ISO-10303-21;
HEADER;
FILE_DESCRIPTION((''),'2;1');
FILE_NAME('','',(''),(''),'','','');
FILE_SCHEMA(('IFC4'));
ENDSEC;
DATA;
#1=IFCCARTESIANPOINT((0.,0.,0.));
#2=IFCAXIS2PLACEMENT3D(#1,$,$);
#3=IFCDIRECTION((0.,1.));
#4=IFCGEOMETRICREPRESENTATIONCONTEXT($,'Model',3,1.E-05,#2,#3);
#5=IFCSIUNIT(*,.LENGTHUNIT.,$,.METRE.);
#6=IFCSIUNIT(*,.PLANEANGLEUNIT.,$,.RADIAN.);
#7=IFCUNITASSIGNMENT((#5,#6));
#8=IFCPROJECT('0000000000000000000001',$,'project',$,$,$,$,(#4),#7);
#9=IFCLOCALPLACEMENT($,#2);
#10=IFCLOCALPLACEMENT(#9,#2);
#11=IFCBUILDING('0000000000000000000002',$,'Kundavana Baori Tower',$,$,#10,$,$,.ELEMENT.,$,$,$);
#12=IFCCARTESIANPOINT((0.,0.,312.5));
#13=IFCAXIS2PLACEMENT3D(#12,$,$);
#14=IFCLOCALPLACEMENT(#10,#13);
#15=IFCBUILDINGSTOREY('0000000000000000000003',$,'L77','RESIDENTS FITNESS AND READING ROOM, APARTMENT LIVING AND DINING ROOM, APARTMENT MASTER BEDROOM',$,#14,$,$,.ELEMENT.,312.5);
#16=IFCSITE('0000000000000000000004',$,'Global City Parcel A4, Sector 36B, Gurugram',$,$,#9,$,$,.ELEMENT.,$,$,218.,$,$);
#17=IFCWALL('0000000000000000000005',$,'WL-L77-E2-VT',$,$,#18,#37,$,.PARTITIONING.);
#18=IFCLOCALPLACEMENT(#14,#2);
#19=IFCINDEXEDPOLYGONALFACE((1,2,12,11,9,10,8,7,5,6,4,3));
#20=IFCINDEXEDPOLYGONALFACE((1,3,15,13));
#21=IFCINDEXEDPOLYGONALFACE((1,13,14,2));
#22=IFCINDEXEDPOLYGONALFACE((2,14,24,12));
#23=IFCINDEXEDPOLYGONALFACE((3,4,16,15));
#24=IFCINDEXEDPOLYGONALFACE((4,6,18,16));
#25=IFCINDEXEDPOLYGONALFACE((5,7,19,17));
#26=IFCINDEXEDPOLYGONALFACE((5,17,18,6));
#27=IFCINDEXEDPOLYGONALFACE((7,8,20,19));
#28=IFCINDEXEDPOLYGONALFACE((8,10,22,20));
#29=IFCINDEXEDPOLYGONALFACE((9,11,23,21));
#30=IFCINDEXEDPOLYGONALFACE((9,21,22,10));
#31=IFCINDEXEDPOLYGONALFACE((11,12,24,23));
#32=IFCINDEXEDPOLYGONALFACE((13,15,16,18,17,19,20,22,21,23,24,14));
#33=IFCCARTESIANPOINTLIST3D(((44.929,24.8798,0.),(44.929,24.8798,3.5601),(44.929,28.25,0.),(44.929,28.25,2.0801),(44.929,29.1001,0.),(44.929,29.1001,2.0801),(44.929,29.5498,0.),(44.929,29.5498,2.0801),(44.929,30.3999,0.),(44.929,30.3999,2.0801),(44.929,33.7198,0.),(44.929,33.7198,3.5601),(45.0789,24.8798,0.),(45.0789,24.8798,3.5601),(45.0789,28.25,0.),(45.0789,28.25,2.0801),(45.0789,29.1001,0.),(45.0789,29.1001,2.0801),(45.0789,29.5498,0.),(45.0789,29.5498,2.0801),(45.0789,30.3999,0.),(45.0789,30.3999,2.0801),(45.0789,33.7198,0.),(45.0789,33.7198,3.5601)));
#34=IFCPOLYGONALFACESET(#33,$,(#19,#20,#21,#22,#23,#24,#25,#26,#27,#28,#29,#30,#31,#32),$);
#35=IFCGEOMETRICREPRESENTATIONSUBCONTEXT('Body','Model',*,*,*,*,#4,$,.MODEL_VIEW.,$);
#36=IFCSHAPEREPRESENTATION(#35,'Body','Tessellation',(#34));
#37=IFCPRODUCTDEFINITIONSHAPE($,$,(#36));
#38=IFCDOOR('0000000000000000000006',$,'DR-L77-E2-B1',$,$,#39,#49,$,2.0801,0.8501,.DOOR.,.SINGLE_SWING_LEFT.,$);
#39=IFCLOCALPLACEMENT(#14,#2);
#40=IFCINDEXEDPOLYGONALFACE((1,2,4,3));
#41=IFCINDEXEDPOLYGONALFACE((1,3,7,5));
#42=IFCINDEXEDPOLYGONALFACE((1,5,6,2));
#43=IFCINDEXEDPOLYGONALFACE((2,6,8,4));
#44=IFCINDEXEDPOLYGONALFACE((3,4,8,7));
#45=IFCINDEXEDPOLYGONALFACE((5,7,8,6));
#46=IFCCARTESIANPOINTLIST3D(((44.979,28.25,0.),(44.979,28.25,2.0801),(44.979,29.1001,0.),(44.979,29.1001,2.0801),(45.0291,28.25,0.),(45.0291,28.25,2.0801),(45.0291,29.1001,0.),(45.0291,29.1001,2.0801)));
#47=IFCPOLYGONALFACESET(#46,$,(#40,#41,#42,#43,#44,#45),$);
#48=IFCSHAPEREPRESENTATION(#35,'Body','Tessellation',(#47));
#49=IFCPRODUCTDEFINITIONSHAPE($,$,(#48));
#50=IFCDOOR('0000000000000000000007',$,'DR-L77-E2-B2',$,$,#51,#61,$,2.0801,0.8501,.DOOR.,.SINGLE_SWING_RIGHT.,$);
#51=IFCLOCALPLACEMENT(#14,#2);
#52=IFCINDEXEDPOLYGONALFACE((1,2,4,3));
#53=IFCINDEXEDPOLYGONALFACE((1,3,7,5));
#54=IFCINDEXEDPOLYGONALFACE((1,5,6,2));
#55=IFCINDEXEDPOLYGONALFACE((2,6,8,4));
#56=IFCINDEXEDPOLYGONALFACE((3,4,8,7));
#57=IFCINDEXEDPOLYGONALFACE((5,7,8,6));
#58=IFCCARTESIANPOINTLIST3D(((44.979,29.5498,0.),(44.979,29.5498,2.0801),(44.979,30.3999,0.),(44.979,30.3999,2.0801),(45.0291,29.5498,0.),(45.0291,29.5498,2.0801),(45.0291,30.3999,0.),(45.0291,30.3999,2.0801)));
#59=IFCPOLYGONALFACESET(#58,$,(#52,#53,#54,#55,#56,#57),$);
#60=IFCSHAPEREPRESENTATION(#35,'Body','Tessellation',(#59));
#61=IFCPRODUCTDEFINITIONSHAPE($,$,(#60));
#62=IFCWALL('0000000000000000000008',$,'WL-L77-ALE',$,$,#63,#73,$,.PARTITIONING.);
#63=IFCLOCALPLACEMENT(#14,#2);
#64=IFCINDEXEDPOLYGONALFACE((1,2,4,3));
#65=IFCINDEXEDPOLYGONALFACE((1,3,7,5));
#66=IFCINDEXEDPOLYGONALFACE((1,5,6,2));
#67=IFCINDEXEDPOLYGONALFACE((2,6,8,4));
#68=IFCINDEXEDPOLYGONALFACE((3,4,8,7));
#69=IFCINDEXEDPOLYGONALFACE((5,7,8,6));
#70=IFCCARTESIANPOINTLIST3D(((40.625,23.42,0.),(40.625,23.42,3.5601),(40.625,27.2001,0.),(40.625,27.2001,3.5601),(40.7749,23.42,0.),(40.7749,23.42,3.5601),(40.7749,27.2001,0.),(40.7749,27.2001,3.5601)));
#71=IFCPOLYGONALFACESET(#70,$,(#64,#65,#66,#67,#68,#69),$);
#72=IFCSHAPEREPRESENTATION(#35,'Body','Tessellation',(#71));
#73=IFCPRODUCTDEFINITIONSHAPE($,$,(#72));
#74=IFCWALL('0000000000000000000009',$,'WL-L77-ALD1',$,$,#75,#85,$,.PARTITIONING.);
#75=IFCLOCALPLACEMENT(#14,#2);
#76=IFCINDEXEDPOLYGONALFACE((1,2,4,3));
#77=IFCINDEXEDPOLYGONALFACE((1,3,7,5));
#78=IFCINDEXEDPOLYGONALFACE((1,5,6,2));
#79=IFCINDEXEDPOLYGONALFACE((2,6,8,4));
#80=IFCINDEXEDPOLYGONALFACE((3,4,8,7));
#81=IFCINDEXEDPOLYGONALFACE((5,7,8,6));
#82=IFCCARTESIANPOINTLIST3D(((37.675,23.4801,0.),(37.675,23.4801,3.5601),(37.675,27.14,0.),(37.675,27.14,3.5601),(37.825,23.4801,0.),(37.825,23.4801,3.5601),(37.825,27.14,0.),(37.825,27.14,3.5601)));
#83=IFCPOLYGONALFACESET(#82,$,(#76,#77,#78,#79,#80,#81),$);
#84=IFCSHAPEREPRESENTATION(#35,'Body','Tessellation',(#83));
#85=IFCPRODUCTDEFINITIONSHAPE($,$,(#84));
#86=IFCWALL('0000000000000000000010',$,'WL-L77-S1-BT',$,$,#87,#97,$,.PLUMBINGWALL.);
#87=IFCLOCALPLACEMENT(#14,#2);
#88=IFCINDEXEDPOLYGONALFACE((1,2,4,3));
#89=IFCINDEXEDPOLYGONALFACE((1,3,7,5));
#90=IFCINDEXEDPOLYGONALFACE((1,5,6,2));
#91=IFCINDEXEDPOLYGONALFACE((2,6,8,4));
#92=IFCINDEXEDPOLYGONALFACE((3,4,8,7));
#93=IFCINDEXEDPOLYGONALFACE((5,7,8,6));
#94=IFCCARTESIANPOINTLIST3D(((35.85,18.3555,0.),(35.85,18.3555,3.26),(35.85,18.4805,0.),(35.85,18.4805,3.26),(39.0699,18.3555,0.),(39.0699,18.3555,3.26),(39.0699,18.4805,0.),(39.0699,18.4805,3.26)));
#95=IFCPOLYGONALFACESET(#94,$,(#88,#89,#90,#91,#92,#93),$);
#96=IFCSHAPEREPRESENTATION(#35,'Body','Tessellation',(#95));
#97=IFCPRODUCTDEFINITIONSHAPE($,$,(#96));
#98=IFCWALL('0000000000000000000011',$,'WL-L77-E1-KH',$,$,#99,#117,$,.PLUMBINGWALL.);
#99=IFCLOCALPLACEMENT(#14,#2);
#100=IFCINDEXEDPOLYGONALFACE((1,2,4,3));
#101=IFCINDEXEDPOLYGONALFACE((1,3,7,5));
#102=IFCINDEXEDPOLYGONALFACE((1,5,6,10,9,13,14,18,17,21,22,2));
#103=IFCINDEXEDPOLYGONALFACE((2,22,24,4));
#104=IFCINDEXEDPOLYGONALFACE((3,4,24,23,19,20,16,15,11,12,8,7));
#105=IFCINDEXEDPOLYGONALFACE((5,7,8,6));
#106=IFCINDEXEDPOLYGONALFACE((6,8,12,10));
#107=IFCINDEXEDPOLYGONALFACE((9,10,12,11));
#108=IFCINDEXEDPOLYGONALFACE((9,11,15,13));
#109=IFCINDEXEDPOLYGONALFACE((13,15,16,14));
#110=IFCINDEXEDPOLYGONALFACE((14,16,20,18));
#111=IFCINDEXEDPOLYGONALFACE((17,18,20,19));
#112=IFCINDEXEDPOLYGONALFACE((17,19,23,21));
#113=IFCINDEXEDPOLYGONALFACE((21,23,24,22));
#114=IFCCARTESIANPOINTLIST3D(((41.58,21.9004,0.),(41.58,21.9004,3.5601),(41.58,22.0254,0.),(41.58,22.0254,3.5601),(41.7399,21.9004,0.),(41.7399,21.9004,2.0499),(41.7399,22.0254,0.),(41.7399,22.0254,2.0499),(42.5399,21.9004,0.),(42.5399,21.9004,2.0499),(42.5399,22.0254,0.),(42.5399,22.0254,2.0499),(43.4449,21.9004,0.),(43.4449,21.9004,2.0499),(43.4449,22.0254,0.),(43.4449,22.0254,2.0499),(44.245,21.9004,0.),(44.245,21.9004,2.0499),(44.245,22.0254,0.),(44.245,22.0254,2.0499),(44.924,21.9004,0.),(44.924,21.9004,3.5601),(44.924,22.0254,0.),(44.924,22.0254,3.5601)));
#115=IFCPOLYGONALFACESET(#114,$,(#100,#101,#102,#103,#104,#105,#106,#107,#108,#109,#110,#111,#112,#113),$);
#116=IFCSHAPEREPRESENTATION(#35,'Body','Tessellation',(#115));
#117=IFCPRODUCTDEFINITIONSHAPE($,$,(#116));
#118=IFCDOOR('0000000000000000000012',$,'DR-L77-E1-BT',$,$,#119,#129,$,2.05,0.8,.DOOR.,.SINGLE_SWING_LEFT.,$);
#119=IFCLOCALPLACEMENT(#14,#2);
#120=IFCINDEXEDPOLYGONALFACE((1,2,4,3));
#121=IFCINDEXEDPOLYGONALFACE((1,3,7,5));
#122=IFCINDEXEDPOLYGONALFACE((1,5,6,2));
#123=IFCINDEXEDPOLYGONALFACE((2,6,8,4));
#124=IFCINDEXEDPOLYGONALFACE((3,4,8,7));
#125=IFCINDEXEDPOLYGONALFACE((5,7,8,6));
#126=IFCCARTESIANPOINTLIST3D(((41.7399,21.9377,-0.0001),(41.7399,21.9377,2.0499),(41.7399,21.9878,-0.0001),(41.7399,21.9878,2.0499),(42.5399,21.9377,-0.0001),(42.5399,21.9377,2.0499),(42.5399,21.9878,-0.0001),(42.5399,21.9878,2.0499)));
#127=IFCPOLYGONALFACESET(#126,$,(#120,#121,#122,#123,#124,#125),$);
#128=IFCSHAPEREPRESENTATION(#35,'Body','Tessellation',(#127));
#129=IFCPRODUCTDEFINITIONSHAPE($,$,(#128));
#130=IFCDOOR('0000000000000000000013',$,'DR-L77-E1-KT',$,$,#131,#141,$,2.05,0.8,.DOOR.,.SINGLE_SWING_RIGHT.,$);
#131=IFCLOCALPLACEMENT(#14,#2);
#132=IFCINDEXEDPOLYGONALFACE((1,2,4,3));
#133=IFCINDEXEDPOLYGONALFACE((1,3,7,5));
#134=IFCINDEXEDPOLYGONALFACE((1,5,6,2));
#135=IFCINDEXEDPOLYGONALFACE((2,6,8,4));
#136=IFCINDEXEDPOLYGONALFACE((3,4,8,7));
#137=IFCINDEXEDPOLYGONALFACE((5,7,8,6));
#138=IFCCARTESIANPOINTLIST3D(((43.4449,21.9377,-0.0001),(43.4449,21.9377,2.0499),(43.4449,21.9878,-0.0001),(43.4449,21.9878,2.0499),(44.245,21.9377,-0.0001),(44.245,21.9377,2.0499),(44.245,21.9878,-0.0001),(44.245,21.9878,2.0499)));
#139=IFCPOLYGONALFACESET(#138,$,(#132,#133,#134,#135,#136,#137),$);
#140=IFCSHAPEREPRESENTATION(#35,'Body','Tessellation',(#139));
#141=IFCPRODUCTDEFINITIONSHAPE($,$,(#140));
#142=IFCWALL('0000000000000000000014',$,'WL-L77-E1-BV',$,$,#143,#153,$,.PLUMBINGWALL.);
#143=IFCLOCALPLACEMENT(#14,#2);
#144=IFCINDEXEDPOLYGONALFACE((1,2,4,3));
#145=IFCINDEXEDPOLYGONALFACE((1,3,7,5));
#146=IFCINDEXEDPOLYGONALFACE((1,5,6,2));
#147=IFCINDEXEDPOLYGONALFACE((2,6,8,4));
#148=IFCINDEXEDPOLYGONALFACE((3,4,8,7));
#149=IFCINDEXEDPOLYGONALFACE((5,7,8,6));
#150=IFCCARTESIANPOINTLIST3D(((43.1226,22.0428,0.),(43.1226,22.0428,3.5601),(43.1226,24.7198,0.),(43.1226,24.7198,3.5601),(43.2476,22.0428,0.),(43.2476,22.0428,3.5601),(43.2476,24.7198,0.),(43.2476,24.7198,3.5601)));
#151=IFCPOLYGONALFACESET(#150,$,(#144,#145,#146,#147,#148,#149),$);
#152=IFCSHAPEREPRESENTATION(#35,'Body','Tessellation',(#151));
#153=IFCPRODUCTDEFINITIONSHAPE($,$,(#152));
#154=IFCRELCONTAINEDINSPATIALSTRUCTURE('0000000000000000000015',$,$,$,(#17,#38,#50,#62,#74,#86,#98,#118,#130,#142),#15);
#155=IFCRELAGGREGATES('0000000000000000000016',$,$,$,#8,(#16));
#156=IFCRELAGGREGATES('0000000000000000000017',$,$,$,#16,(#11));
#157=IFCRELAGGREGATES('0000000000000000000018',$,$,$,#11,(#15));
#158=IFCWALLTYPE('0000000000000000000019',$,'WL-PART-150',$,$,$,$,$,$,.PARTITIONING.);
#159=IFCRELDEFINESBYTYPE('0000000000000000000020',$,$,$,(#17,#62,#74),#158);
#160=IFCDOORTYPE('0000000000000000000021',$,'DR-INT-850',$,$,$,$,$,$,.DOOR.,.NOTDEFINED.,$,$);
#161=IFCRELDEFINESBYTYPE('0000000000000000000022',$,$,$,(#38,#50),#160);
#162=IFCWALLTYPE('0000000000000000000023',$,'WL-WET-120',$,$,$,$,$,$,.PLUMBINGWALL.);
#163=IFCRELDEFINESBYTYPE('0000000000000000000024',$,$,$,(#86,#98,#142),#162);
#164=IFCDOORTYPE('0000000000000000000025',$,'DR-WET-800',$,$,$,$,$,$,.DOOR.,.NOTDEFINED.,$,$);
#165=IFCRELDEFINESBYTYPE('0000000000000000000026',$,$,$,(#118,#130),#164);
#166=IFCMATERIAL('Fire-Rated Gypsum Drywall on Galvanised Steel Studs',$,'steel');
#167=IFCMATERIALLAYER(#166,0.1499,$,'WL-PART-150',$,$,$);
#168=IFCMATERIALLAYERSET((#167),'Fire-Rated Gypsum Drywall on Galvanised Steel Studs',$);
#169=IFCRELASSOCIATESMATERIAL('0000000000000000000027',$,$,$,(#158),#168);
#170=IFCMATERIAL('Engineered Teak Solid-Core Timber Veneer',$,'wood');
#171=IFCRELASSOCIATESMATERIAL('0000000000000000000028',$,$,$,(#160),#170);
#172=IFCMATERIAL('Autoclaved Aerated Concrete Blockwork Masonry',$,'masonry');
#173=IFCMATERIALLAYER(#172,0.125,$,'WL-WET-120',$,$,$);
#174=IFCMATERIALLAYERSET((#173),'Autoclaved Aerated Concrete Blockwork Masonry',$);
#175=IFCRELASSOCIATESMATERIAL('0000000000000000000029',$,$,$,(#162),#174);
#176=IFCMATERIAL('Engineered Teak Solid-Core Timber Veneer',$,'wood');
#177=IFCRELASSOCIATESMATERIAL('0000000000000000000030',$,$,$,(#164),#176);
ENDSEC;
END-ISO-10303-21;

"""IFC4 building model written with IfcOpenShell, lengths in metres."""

from ifc_helpers import new_model, si_unit, direction, frame, frame_2d, origin, place, context, subcontext, project, spatial, rectangle, extrude, material, layer, layer_set, type_object, element, fill, save


model = new_model("IFC4")

# Units and contexts
model_context = context("Model", 3, precision=1e-05, world=origin(), true_north=direction((0.0, 1.0)))
body_context = subcontext(model_context, "Body", "Model", "MODEL_VIEW")
ifc_project = project(units=[si_unit("LENGTHUNIT", "METRE"), si_unit("PLANEANGLEUNIT", "RADIAN")], contexts=[model_context])

# Site, building, storey
site_placement = place(None, origin())
site = spatial("IfcSite", under=ifc_project, at=site_placement, Name="Global City Parcel A4, Sector 36B, Gurugram", CompositionType="ELEMENT", RefElevation=218.0)
building_placement = place(site_placement, origin())
building = spatial("IfcBuilding", under=site, at=building_placement, Name="Kundavana Baori Tower", CompositionType="ELEMENT")
storey_placement = place(building_placement, frame((0.0, 0.0, 312.5)))
storey = spatial("IfcBuildingStorey", under=building, at=storey_placement, Name="L77", Description="RESIDENTS FITNESS AND READING ROOM, APARTMENT LIVING AND DINING ROOM, APARTMENT MASTER BEDROOM", CompositionType="ELEMENT", Elevation=312.5)

# Shared definitions
ifc_material_1 = material(Name="Fire-Rated Gypsum Drywall on Galvanised Steel Studs", Category="steel")
ifc_layer_1 = layer(ifc_material_1, 0.1499, Name="WL-PART-150")
ifc_layer_set_1 = layer_set([ifc_layer_1], Name="Fire-Rated Gypsum Drywall on Galvanised Steel Studs")
wall_type_1 = type_object("IfcWallType", Name="WL-PART-150", PredefinedType="PARTITIONING", material=ifc_layer_set_1)

# Wall, openings, doors
wall_1_placement = place(storey_placement, frame((45.0039, 24.8799, 0.0), z_axis=(0.0, 0.0, 1.0), x_axis=(0.0, 1.0, 0.0)))
wall_1 = element("IfcWall", 1, at=wall_1_placement, inside=storey, type_object=wall_type_1, Name="WL-L77-E2-VT", PredefinedType="PARTITIONING", context=body_context, shape_type="SweptSolid", body=[
    extrude(rectangle(XDim=8.8401, YDim=0.1499, at=frame_2d((4.4199, 0.0))), origin(), (0.0, 0.0, 1.0), 3.5601),
])
opening_1_placement = place(wall_1_placement, frame((3.3701, 0.0, 0.0)))
opening_1 = element("IfcOpeningElement", 2, at=opening_1_placement, cuts=wall_1, PredefinedType="OPENING", context=body_context, shape_type="SweptSolid", body=[
    extrude(rectangle(XDim=0.8501, YDim=2.0801, at=frame_2d((0.425, 1.04))), frame((0.0, 0.085, 0.0), z_axis=(0.0, -1.0, 0.0), x_axis=(1.0, 0.0, 0.0)), (0.0, 0.0, 1.0), 0.1699),
])
opening_2_placement = place(wall_1_placement, frame((4.6699, 0.0, 0.0)))
opening_2 = element("IfcOpeningElement", 3, at=opening_2_placement, cuts=wall_1, PredefinedType="OPENING", context=body_context, shape_type="SweptSolid", body=[
    extrude(rectangle(XDim=0.8501, YDim=2.0801, at=frame_2d((0.425, 1.04))), frame((0.0, 0.085, 0.0), z_axis=(0.0, -1.0, 0.0), x_axis=(1.0, 0.0, 0.0)), (0.0, 0.0, 1.0), 0.1699),
])
ifc_material_2 = material(Name="Engineered Teak Solid-Core Timber Veneer", Category="wood")
door_type_1 = type_object("IfcDoorType", Name="DR-INT-850", OperationType="NOTDEFINED", PredefinedType="DOOR", material=ifc_material_2)
door_1_placement = place(opening_1_placement, origin())
door_1 = element("IfcDoor", 4, at=door_1_placement, inside=storey, type_object=door_type_1, Name="DR-L77-E2-B1", OperationType="SINGLE_SWING_LEFT", OverallHeight=2.0801, OverallWidth=0.8501, PredefinedType="DOOR", context=body_context, shape_type="SweptSolid", body=[
    extrude(rectangle(XDim=0.8501, YDim=2.0801, at=frame_2d((0.425, 1.04))), frame((0.0, 0.0249, 0.0), z_axis=(0.0, -1.0, 0.0), x_axis=(1.0, 0.0, 0.0)), (0.0, 0.0, 1.0), 0.05),
])
fill(opening_1, door_1)
door_2_placement = place(opening_2_placement, origin())
door_2 = element("IfcDoor", 5, at=door_2_placement, inside=storey, type_object=door_type_1, Name="DR-L77-E2-B2", OperationType="SINGLE_SWING_RIGHT", OverallHeight=2.0801, OverallWidth=0.8501, PredefinedType="DOOR", context=body_context, shape_type="SweptSolid", body=[
    extrude(rectangle(XDim=0.8501, YDim=2.0801, at=frame_2d((0.425, 1.04))), frame((0.0, 0.0249, 0.0), z_axis=(0.0, -1.0, 0.0), x_axis=(1.0, 0.0, 0.0)), (0.0, 0.0, 1.0), 0.05),
])
fill(opening_2, door_2)

# Walls
wall_2_placement = place(storey_placement, frame((40.7, 23.4199, 0.0), z_axis=(0.0, 0.0, 1.0), x_axis=(0.0, 1.0, 0.0)))
element("IfcWall", 6, at=wall_2_placement, inside=storey, type_object=wall_type_1, Name="WL-L77-ALE", PredefinedType="PARTITIONING", context=body_context, shape_type="SweptSolid", body=[
    extrude(rectangle(XDim=3.78, YDim=0.1499, at=frame_2d((1.8901, 0.0))), origin(), (0.0, 0.0, 1.0), 3.5601),
])
wall_3_placement = place(storey_placement, frame((37.75, 23.48, 0.0), z_axis=(0.0, 0.0, 1.0), x_axis=(0.0, 1.0, 0.0)))
element("IfcWall", 7, at=wall_3_placement, inside=storey, type_object=wall_type_1, Name="WL-L77-ALD1", PredefinedType="PARTITIONING", context=body_context, shape_type="SweptSolid", body=[
    extrude(rectangle(XDim=3.6599, YDim=0.1499, at=frame_2d((1.8301, 0.0))), origin(), (0.0, 0.0, 1.0), 3.5601),
])
ifc_material_3 = material(Name="Autoclaved Aerated Concrete Blockwork Masonry", Category="masonry")
ifc_layer_2 = layer(ifc_material_3, 0.125, Name="WL-WET-120")
ifc_layer_set_2 = layer_set([ifc_layer_2], Name="Autoclaved Aerated Concrete Blockwork Masonry")
wall_type_2 = type_object("IfcWallType", Name="WL-WET-120", PredefinedType="PLUMBINGWALL", material=ifc_layer_set_2)
wall_4_placement = place(storey_placement, frame((35.8501, 18.418, 0.0), z_axis=(0.0, 0.0, 1.0), x_axis=(1.0, 0.0, 0.0)))
element("IfcWall", 8, at=wall_4_placement, inside=storey, type_object=wall_type_2, Name="WL-L77-S1-BT", PredefinedType="PLUMBINGWALL", context=body_context, shape_type="SweptSolid", body=[
    extrude(rectangle(XDim=3.22, YDim=0.125, at=frame_2d((1.6099, 0.0))), origin(), (0.0, 0.0, 1.0), 3.26),
])

# Wall, openings, doors
wall_5_placement = place(storey_placement, frame((41.5801, 21.9629, 0.0), z_axis=(0.0, 0.0, 1.0), x_axis=(1.0, 0.0, 0.0)))
wall_5 = element("IfcWall", 9, at=wall_5_placement, inside=storey, type_object=wall_type_2, Name="WL-L77-E1-KH", PredefinedType="PLUMBINGWALL", context=body_context, shape_type="SweptSolid", body=[
    extrude(rectangle(XDim=3.344, YDim=0.125, at=frame_2d((1.6719, 0.0))), origin(), (0.0, 0.0, 1.0), 3.5601),
])
opening_3_placement = place(wall_5_placement, frame((0.1599, 0.0, 0.0)))
opening_3 = element("IfcOpeningElement", 10, at=opening_3_placement, cuts=wall_5, PredefinedType="OPENING", context=body_context, shape_type="SweptSolid", body=[
    extrude(rectangle(XDim=0.8, YDim=2.05, at=frame_2d((0.3999, 1.0249))), frame((0.0, 0.0725, 0.0), z_axis=(0.0, -1.0, 0.0), x_axis=(1.0, 0.0, 0.0)), (0.0, 0.0, 1.0), 0.145),
])
opening_4_placement = place(wall_5_placement, frame((1.865, 0.0, 0.0)))
opening_4 = element("IfcOpeningElement", 11, at=opening_4_placement, cuts=wall_5, PredefinedType="OPENING", context=body_context, shape_type="SweptSolid", body=[
    extrude(rectangle(XDim=0.8, YDim=2.05, at=frame_2d((0.3999, 1.0249))), frame((0.0, 0.0725, 0.0), z_axis=(0.0, -1.0, 0.0), x_axis=(1.0, 0.0, 0.0)), (0.0, 0.0, 1.0), 0.145),
])
ifc_material_4 = material(Name="Engineered Teak Solid-Core Timber Veneer", Category="wood")
door_type_2 = type_object("IfcDoorType", Name="DR-WET-800", OperationType="NOTDEFINED", PredefinedType="DOOR", material=ifc_material_4)
door_3_placement = place(opening_3_placement, origin())
door_3 = element("IfcDoor", 12, at=door_3_placement, inside=storey, type_object=door_type_2, Name="DR-L77-E1-BT", OperationType="SINGLE_SWING_LEFT", OverallHeight=2.05, OverallWidth=0.8, PredefinedType="DOOR", context=body_context, shape_type="SweptSolid", body=[
    extrude(rectangle(XDim=0.8, YDim=2.05, at=frame_2d((0.3999, 1.0249))), frame((0.0, 0.0249, 0.0), z_axis=(0.0, -1.0, 0.0), x_axis=(1.0, 0.0, 0.0)), (0.0, 0.0, 1.0), 0.05),
])
fill(opening_3, door_3)
door_4_placement = place(opening_4_placement, origin())
door_4 = element("IfcDoor", 13, at=door_4_placement, inside=storey, type_object=door_type_2, Name="DR-L77-E1-KT", OperationType="SINGLE_SWING_RIGHT", OverallHeight=2.05, OverallWidth=0.8, PredefinedType="DOOR", context=body_context, shape_type="SweptSolid", body=[
    extrude(rectangle(XDim=0.8, YDim=2.05, at=frame_2d((0.3999, 1.0249))), frame((0.0, 0.0249, 0.0), z_axis=(0.0, -1.0, 0.0), x_axis=(1.0, 0.0, 0.0)), (0.0, 0.0, 1.0), 0.05),
])
fill(opening_4, door_4)

# Wall
wall_6_placement = place(storey_placement, frame((43.1851, 22.043, 0.0), z_axis=(0.0, 0.0, 1.0), x_axis=(0.0, 1.0, 0.0)))
element("IfcWall", 14, at=wall_6_placement, inside=storey, type_object=wall_type_2, Name="WL-L77-E1-BV", PredefinedType="PLUMBINGWALL", context=body_context, shape_type="SweptSolid", body=[
    extrude(rectangle(XDim=2.677, YDim=0.125, at=frame_2d((1.3384, 0.0))), origin(), (0.0, 0.0, 1.0), 3.5601),
])

save(model, "model.ifc")
